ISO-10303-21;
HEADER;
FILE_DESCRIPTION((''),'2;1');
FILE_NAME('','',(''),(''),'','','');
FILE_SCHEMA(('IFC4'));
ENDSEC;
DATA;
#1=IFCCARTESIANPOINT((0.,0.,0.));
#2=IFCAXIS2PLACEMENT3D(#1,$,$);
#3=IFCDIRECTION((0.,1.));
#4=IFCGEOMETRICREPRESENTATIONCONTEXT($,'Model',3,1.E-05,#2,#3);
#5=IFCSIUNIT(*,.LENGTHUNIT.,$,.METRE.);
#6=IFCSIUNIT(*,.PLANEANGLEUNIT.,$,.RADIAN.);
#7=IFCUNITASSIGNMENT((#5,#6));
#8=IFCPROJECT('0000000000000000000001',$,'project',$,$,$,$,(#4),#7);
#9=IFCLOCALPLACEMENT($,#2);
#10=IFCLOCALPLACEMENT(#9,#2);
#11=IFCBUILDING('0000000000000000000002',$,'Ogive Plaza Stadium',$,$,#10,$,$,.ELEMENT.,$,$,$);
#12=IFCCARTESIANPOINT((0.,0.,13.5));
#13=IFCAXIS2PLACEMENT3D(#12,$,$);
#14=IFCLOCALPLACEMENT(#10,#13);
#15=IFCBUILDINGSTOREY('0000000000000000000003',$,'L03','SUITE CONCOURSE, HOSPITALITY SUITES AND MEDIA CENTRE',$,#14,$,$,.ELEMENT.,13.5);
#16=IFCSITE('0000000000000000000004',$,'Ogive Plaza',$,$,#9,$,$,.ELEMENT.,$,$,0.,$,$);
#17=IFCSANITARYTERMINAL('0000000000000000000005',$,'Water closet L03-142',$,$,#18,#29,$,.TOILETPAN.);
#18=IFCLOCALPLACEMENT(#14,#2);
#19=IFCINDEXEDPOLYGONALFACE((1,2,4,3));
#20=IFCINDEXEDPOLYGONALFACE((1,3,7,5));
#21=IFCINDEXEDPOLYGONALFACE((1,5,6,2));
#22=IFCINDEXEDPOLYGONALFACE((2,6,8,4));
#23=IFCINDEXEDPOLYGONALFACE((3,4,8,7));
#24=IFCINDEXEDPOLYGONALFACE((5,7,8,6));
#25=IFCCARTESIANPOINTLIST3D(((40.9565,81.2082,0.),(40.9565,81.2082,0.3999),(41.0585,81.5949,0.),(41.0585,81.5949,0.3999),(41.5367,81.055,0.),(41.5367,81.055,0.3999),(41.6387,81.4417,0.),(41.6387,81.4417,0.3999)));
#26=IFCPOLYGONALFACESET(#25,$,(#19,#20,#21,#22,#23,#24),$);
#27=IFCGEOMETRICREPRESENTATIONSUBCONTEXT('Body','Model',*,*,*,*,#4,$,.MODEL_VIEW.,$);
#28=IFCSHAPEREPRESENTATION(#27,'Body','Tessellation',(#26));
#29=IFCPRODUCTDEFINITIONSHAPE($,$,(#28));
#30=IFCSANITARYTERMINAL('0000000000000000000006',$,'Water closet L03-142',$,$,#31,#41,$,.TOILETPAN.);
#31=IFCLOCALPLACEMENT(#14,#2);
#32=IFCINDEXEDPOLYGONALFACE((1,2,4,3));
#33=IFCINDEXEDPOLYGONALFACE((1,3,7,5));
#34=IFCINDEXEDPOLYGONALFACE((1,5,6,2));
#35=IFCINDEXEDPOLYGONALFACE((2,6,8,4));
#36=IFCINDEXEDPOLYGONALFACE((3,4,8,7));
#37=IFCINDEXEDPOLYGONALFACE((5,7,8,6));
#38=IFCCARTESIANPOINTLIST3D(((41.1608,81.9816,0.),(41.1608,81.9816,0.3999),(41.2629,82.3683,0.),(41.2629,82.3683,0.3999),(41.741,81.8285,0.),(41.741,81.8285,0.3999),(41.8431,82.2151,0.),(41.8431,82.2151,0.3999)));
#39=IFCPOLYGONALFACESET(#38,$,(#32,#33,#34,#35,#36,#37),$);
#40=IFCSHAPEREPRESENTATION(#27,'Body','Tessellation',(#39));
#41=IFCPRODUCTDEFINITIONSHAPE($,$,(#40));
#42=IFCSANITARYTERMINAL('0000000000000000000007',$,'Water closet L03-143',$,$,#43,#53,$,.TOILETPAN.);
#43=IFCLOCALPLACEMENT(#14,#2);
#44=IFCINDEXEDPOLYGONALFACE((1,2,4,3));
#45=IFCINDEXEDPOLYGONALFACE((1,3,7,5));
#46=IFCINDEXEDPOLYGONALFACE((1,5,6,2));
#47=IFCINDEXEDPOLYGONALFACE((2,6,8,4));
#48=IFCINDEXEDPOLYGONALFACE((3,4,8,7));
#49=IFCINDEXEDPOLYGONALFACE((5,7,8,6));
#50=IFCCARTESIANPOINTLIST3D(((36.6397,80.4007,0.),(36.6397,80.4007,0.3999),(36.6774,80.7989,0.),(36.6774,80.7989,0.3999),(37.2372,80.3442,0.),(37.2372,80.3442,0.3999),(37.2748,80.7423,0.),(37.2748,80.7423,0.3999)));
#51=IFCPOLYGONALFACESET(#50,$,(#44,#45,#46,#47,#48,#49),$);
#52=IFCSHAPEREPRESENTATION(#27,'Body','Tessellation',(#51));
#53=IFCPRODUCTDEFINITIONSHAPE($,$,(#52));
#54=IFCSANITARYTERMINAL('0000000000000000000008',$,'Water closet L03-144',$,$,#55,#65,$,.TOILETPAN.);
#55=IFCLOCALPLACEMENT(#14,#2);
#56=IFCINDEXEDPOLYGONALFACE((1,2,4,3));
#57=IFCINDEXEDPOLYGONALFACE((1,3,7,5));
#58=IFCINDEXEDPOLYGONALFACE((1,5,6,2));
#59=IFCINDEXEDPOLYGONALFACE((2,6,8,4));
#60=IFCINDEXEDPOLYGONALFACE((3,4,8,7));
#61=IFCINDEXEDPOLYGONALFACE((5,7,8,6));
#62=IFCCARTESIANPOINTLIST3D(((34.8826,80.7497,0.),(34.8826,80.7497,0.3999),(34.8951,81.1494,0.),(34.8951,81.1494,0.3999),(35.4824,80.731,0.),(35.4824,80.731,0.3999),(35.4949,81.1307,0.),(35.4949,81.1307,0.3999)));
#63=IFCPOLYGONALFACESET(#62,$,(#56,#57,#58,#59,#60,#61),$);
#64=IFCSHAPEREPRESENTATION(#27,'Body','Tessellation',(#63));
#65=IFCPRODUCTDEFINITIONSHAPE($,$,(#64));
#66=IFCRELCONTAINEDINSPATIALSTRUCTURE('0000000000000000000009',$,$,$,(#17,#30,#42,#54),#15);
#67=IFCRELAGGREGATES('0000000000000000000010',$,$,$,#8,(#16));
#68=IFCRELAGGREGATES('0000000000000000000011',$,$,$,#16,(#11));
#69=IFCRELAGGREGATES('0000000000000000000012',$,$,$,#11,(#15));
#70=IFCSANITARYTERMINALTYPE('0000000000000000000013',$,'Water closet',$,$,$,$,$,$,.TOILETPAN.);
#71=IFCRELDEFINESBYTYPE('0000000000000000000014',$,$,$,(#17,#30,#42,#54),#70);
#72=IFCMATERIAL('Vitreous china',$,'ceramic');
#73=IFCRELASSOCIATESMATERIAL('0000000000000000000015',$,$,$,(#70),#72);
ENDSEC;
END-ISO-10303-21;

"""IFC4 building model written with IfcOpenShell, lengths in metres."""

from ifc_helpers import new_model, si_unit, direction, frame, origin, origin_2d, place, context, subcontext, project, spatial, rectangle, extrude, material, type_object, element, save


model = new_model("IFC4")

# Units and contexts
model_context = context("Model", 3, precision=1e-05, world=origin(), true_north=direction((0.0, 1.0)))
body_context = subcontext(model_context, "Body", "Model", "MODEL_VIEW")
ifc_project = project(units=[si_unit("LENGTHUNIT", "METRE"), si_unit("PLANEANGLEUNIT", "RADIAN")], contexts=[model_context])

# Site, building, storey
site_placement = place(None, origin())
site = spatial("IfcSite", under=ifc_project, at=site_placement, Name="Ogive Plaza", CompositionType="ELEMENT", RefElevation=0.0)
building_placement = place(site_placement, origin())
building = spatial("IfcBuilding", under=site, at=building_placement, Name="Ogive Plaza Stadium", CompositionType="ELEMENT")
storey_placement = place(building_placement, frame((0.0, 0.0, 13.5)))
storey = spatial("IfcBuildingStorey", under=building, at=storey_placement, Name="L03", Description="SUITE CONCOURSE, HOSPITALITY SUITES AND MEDIA CENTRE", CompositionType="ELEMENT", Elevation=13.5)

# Sanitary terminals
ifc_material_1 = material(Name="Vitreous china", Category="ceramic")
sanitary_terminal_type_1 = type_object("IfcSanitaryTerminalType", Name="Water closet", PredefinedType="TOILETPAN", material=ifc_material_1)
for number, where, z_axis, x_axis, name in (
    (1, (41.2976, 81.325, 0.0), (0.0, 0.0, 1.0), (0.255199, 0.966888, 0.0), "Water closet L03-142"),
    (2, (41.502, 82.0984, 0.0), (0.0, 0.0, 1.0), (0.255199, 0.966888, 0.0), "Water closet L03-142"),
    (3, (36.9573, 80.5715, 0.0), (0.0, 0.0, 1.0), (0.094193, 0.995554, 0.0), "Water closet L03-143"),
    (4, (35.1887, 80.9402, 0.0), (0.0, 0.0, 1.0), (0.031226, 0.999512, 0.0), "Water closet L03-144"),
):
    element("IfcSanitaryTerminal", number, at=place(storey_placement, frame(where, z_axis=z_axis, x_axis=x_axis)), inside=storey, type_object=sanitary_terminal_type_1, Name=name, PredefinedType="TOILETPAN", context=body_context, shape_type="SweptSolid", body=[
        extrude(rectangle(XDim=0.3999, YDim=0.6001, at=origin_2d()), origin(), (0.0, 0.0, 1.0), 0.3999),
    ])

save(model, "model.ifc")
